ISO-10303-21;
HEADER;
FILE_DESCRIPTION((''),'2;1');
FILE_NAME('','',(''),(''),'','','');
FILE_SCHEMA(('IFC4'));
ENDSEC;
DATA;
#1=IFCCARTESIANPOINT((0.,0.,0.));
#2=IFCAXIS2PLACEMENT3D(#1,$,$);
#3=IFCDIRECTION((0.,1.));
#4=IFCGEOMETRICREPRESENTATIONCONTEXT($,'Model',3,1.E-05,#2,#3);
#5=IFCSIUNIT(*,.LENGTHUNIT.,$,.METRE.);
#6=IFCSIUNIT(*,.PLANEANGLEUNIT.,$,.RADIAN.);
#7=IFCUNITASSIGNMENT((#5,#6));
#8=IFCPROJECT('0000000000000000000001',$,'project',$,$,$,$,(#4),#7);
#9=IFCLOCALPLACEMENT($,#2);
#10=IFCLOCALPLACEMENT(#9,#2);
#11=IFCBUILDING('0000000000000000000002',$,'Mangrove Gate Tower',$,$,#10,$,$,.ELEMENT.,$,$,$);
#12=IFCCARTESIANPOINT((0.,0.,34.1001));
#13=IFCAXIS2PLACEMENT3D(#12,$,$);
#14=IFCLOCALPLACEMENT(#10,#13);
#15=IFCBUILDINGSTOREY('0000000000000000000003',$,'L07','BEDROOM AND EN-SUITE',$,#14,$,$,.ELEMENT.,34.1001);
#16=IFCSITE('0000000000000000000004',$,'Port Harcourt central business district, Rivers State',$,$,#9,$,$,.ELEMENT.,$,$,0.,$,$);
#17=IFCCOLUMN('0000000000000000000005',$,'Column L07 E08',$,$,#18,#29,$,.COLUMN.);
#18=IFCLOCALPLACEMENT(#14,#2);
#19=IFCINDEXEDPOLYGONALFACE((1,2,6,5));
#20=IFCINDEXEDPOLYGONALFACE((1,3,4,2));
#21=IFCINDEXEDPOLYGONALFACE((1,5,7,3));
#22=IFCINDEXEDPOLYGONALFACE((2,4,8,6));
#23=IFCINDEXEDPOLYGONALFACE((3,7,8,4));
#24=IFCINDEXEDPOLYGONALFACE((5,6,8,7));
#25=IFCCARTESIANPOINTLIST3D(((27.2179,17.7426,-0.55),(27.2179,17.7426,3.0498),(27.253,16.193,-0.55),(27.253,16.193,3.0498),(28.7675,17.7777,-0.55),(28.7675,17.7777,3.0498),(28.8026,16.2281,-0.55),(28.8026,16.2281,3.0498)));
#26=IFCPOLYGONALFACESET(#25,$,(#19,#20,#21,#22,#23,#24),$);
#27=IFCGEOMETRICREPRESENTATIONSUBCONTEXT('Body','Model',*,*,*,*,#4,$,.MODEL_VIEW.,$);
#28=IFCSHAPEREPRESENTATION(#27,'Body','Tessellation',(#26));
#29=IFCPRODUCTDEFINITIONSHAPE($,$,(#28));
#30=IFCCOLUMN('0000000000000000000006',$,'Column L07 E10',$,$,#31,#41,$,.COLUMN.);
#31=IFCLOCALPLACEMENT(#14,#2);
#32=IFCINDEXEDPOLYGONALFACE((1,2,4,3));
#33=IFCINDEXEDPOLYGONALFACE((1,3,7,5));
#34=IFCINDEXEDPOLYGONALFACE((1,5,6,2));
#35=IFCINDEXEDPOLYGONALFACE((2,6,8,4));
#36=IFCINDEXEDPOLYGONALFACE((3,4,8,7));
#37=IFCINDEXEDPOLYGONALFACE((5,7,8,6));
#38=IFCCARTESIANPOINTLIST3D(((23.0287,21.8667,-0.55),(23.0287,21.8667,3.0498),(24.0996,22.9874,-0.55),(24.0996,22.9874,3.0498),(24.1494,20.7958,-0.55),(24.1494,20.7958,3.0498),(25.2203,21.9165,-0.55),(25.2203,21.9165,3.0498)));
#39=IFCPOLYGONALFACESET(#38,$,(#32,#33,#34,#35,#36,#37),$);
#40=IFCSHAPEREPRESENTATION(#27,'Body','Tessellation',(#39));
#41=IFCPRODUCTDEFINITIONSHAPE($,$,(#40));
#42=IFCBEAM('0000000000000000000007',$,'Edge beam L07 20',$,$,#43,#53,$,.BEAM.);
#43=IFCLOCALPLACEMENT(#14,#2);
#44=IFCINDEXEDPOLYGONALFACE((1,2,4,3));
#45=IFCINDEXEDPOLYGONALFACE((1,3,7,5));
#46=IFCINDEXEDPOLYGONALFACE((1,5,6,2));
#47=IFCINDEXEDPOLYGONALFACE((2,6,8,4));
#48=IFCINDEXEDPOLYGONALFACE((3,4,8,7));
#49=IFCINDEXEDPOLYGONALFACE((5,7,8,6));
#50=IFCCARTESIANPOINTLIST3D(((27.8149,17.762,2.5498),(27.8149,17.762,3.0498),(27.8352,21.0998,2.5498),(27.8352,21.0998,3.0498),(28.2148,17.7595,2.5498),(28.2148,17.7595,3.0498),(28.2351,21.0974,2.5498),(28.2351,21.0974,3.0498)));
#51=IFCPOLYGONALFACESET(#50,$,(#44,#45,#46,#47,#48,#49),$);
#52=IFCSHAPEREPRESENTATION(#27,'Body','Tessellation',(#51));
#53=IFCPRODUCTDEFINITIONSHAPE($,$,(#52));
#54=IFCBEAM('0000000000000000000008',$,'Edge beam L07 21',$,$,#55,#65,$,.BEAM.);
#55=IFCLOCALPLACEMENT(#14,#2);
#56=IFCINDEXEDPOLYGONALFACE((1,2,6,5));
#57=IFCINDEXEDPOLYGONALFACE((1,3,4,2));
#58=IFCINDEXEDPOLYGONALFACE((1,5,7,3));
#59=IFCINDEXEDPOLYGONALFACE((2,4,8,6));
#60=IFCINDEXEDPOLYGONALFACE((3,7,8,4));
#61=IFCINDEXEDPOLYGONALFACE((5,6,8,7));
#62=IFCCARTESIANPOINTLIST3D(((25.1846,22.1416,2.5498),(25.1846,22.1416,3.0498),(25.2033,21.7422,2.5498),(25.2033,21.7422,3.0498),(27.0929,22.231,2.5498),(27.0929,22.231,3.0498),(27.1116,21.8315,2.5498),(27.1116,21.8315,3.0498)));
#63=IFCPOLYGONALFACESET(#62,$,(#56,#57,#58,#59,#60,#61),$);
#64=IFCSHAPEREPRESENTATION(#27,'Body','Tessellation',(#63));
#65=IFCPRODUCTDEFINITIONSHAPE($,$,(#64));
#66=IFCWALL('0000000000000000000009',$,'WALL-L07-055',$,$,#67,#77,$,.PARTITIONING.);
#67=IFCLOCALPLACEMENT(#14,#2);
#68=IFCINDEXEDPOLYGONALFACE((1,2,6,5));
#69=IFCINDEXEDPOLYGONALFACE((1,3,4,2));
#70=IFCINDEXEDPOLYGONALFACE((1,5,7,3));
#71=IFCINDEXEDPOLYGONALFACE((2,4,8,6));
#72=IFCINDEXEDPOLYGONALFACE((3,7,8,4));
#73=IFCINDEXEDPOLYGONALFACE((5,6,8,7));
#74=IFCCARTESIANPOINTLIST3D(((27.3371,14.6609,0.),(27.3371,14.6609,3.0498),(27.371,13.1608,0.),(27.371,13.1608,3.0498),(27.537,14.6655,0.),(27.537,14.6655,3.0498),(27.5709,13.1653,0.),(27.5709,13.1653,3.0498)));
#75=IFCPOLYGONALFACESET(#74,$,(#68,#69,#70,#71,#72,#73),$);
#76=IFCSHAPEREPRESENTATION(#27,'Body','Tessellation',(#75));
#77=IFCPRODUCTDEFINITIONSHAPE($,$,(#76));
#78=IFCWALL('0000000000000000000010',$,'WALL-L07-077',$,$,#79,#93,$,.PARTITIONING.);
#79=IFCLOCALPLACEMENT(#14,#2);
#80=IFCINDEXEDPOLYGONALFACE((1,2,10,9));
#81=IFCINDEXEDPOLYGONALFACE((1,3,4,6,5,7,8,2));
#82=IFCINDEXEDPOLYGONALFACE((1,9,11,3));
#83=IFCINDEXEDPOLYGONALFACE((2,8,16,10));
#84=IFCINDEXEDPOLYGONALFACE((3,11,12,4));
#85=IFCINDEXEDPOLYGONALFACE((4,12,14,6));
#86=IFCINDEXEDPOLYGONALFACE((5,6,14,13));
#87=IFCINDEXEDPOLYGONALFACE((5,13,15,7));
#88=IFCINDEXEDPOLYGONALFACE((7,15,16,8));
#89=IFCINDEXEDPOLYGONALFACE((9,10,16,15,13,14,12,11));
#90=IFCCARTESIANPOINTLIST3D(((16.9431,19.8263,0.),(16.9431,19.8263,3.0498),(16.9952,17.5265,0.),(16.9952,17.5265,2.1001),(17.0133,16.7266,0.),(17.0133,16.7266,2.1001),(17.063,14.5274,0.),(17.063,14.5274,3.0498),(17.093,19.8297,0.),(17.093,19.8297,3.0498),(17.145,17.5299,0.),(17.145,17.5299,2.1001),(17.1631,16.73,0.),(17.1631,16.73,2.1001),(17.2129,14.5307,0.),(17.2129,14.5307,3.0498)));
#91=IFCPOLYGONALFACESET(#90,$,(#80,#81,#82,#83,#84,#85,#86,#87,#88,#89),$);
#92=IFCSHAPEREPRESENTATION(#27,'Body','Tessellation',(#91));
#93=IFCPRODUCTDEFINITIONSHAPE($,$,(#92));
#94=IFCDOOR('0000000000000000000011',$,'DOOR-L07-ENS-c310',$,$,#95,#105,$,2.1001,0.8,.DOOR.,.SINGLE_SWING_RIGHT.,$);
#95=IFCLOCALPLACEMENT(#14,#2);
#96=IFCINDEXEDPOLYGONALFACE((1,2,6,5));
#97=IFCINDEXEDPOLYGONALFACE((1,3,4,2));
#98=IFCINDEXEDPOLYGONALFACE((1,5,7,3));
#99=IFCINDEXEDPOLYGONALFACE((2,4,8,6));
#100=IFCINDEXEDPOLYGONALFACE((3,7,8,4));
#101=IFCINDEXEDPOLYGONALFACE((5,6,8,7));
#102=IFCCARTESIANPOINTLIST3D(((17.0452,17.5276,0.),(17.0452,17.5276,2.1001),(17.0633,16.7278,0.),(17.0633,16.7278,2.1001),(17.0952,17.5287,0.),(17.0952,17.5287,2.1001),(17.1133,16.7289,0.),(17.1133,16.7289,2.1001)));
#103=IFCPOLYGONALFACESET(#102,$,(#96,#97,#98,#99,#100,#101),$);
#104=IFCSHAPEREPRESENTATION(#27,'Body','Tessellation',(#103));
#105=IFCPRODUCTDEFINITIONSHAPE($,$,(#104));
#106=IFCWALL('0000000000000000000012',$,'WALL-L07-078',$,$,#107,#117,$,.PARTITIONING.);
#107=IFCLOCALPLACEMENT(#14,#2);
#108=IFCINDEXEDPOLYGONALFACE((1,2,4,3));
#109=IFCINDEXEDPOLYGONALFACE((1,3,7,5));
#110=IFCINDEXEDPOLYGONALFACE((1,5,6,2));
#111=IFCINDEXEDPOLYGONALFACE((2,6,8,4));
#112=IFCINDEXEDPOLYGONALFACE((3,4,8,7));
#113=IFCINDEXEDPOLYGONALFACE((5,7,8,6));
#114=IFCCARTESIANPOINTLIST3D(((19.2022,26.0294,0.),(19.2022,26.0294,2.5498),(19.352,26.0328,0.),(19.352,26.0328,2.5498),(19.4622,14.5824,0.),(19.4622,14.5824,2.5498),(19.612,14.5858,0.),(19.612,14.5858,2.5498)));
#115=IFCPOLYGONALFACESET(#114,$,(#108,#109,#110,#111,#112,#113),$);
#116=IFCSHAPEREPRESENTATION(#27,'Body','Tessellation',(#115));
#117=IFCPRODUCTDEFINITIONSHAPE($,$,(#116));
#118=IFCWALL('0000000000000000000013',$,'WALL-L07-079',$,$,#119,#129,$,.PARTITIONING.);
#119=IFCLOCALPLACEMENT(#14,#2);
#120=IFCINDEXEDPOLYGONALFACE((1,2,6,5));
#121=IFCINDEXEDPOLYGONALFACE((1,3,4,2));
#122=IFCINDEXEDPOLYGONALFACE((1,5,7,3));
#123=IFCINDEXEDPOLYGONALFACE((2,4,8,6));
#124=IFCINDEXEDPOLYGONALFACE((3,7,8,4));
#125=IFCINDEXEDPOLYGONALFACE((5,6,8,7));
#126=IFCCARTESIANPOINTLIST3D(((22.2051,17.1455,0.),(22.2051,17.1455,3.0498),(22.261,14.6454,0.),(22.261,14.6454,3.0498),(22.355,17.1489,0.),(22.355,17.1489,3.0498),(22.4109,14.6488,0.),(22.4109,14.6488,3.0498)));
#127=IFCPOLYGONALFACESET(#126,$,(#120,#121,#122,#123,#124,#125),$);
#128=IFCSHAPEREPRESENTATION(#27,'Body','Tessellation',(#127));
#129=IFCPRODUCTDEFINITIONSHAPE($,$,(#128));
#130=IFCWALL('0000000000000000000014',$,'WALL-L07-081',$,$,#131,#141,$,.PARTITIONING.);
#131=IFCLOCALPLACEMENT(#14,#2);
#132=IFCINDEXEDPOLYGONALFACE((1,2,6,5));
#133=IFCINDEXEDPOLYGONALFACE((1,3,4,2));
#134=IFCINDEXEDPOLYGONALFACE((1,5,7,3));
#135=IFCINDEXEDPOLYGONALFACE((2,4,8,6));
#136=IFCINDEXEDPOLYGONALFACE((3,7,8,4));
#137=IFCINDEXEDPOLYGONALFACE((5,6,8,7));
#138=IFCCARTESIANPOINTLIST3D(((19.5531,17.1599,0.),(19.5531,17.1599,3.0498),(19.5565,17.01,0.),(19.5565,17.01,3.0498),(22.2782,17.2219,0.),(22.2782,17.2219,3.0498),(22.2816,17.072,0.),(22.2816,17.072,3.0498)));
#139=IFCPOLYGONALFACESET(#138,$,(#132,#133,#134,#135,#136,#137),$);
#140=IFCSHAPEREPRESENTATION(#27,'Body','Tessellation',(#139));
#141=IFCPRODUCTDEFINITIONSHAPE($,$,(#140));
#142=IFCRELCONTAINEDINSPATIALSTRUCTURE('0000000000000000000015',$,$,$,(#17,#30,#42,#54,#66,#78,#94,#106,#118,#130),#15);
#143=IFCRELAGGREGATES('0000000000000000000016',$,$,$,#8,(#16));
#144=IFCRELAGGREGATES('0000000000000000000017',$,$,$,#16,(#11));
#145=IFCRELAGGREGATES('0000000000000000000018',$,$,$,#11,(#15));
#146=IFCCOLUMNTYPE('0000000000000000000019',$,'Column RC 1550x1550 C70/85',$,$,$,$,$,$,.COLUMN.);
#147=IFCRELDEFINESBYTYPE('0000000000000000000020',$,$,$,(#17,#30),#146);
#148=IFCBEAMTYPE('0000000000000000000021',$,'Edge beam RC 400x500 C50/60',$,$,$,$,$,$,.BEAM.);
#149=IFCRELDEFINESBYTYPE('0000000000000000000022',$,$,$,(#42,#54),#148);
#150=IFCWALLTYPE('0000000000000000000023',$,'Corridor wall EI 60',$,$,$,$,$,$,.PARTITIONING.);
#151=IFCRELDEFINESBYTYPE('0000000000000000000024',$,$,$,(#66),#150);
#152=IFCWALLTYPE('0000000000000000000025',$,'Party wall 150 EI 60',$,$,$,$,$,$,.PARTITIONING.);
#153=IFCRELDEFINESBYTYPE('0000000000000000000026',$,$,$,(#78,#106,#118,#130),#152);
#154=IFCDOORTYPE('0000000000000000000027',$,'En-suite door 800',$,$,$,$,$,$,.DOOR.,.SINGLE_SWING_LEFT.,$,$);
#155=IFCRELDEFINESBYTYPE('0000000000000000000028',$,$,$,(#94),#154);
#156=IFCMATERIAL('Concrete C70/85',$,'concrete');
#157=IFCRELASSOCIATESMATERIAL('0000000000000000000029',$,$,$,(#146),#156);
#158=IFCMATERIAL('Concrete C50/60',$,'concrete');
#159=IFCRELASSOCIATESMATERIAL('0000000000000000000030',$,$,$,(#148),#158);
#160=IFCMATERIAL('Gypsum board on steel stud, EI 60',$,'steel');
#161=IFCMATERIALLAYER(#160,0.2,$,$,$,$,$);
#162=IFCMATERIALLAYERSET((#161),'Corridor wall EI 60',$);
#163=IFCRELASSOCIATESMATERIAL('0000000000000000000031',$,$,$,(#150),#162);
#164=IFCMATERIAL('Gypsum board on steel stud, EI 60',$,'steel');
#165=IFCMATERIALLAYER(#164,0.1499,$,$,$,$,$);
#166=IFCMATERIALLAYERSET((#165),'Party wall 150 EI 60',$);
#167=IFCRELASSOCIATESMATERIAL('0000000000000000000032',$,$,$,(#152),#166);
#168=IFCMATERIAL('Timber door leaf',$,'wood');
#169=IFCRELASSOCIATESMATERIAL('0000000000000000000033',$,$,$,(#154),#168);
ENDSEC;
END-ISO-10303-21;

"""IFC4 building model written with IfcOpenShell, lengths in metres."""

from ifc_helpers import new_model, si_unit, direction, frame, frame_2d, origin, origin_2d, place, context, subcontext, project, spatial, rectangle, extrude, material, layer, layer_set, material_profile, profile_set, type_object, element, fill, save


model = new_model("IFC4")

# Units and contexts
model_context = context("Model", 3, precision=1e-05, world=origin(), true_north=direction((0.0, 1.0)))
body_context = subcontext(model_context, "Body", "Model", "MODEL_VIEW")
ifc_project = project(units=[si_unit("LENGTHUNIT", "METRE"), si_unit("PLANEANGLEUNIT", "RADIAN")], contexts=[model_context])

# Site, building, storey
site_placement = place(None, origin())
site = spatial("IfcSite", under=ifc_project, at=site_placement, Name="Port Harcourt central business district, Rivers State", CompositionType="ELEMENT", RefElevation=0.0)
building_placement = place(site_placement, origin())
building = spatial("IfcBuilding", under=site, at=building_placement, Name="Mangrove Gate Tower", CompositionType="ELEMENT")
storey_placement = place(building_placement, frame((0.0, 0.0, 34.1001)))
storey = spatial("IfcBuildingStorey", under=building, at=storey_placement, Name="L07", Description="BEDROOM AND EN-SUITE", CompositionType="ELEMENT", Elevation=34.1001)

# Columns
ifc_material_1 = material(Name="Concrete C70/85", Category="concrete")
ifc_material_profile_1 = material_profile(ifc_material_1, rectangle(XDim=1.55, YDim=1.55, at=origin_2d()))
ifc_profile_set_1 = profile_set([ifc_material_profile_1], Name="Concrete C70/85")
column_type = type_object("IfcColumnType", Name="Column RC 1550x1550 C70/85", PredefinedType="COLUMN", material=ifc_profile_set_1)
for number, where, z_axis, x_axis, name in (
    (1, (28.0103, 16.9854, -0.55), (0.0, 0.0, 1.0), (-0.022646, 0.999744, 0.0), "Column L07 E08"),
    (2, (24.1245, 21.8916, -0.55), (0.0, 0.0, 1.0), (-0.72301, 0.690837, 0.0), "Column L07 E10"),
):
    element("IfcColumn", number, at=place(storey_placement, frame(where, z_axis=z_axis, x_axis=x_axis)), inside=storey, type_object=column_type, Name=name, PredefinedType="COLUMN", context=body_context, shape_type="SweptSolid", body=[
        extrude(rectangle(XDim=1.55, YDim=1.55, at=origin_2d()), origin(), (0.0, 0.0, 1.0), 3.5999),
    ])

# Beams
ifc_material_2 = material(Name="Concrete C50/60", Category="concrete")
ifc_material_profile_2 = material_profile(ifc_material_2, rectangle(XDim=0.3999, YDim=0.5, at=origin_2d()))
ifc_profile_set_2 = profile_set([ifc_material_profile_2], Name="Concrete C50/60")
beam_type = type_object("IfcBeamType", Name="Edge beam RC 400x500 C50/60", PredefinedType="BEAM", material=ifc_profile_set_2)
beam_1_placement = place(storey_placement, frame((28.0149, 17.7607, 2.7998), z_axis=(0.006071, 0.999982, 0.0), x_axis=(-0.999982, 0.006071, 0.0)))
element("IfcBeam", 3, at=beam_1_placement, inside=storey, type_object=beam_type, Name="Edge beam L07 20", PredefinedType="BEAM", context=body_context, shape_type="SweptSolid", body=[
    extrude(rectangle(XDim=0.3999, YDim=0.5, at=origin_2d()), origin(), (0.0, 0.0, 1.0), 3.3379),
])
beam_2_placement = place(storey_placement, frame((27.1023, 22.0312, 2.7998), z_axis=(-0.998905, -0.046776, 0.0), x_axis=(0.046776, -0.998905, 0.0)))
element("IfcBeam", 4, at=beam_2_placement, inside=storey, type_object=beam_type, Name="Edge beam L07 21", PredefinedType="BEAM", context=body_context, shape_type="SweptSolid", body=[
    extrude(rectangle(XDim=0.3999, YDim=0.5, at=origin_2d()), origin(), (0.0, 0.0, 1.0), 1.9104),
])

# Wall
ifc_material_3 = material(Name="Gypsum board on steel stud, EI 60", Category="steel")
ifc_layer_1 = layer(ifc_material_3, 0.2)
ifc_layer_set_1 = layer_set([ifc_layer_1], Name="Corridor wall EI 60")
wall_type_1 = type_object("IfcWallType", Name="Corridor wall EI 60", PredefinedType="PARTITIONING", material=ifc_layer_set_1)
wall_1_placement = place(storey_placement, frame((27.4709, 13.1631, 0.0), z_axis=(0.0, 0.0, 1.0), x_axis=(-0.022618, 0.999744, 0.0)))
element("IfcWall", 5, at=wall_1_placement, inside=storey, type_object=wall_type_1, Name="WALL-L07-055", PredefinedType="PARTITIONING", context=body_context, shape_type="SweptSolid", body=[
    extrude(rectangle(XDim=1.5005, YDim=0.2, at=frame_2d((0.7502, 0.0))), origin(), (0.0, 0.0, 1.0), 3.0498),
])

# Wall, opening, door
ifc_material_4 = material(Name="Gypsum board on steel stud, EI 60", Category="steel")
ifc_layer_2 = layer(ifc_material_4, 0.1499)
ifc_layer_set_2 = layer_set([ifc_layer_2], Name="Party wall 150 EI 60")
wall_type_2 = type_object("IfcWallType", Name="Party wall 150 EI 60", PredefinedType="PARTITIONING", material=ifc_layer_set_2)
wall_2_placement = place(storey_placement, frame((17.1379, 14.5291, 0.0), z_axis=(0.0, 0.0, 1.0), x_axis=(-0.022617, 0.999744, 0.0)))
wall_2 = element("IfcWall", 6, at=wall_2_placement, inside=storey, type_object=wall_type_2, Name="WALL-L07-077", PredefinedType="PARTITIONING", context=body_context, shape_type="SweptSolid", body=[
    extrude(rectangle(XDim=5.3003, YDim=0.1499, at=frame_2d((2.6501, 0.0))), origin(), (0.0, 0.0, 1.0), 3.0498),
])
opening_placement = place(wall_2_placement, frame((2.2, 0.0, 0.0)))
opening = element("IfcOpeningElement", 7, at=opening_placement, cuts=wall_2, PredefinedType="OPENING", context=body_context, shape_type="SweptSolid", body=[
    extrude(rectangle(XDim=0.8, YDim=2.1001, at=frame_2d((0.3999, 1.05))), frame((0.0, 0.085, 0.0), z_axis=(0.0, -1.0, 0.0), x_axis=(1.0, 0.0, 0.0)), (0.0, 0.0, 1.0), 0.1699),
])
ifc_material_5 = material(Name="Timber door leaf", Category="wood")
door_type = type_object("IfcDoorType", Name="En-suite door 800", OperationType="SINGLE_SWING_LEFT", PredefinedType="DOOR", material=ifc_material_5)
door_placement = place(opening_placement, origin())
door = element("IfcDoor", 8, at=door_placement, inside=storey, type_object=door_type, Name="DOOR-L07-ENS-c310", OperationType="SINGLE_SWING_RIGHT", OverallHeight=2.1001, OverallWidth=0.8, PredefinedType="DOOR", context=body_context, shape_type="SweptSolid", body=[
    extrude(rectangle(XDim=0.8, YDim=2.1001, at=frame_2d((0.3999, 1.05))), frame((0.0, 0.0249, 0.0), z_axis=(0.0, -1.0, 0.0), x_axis=(1.0, 0.0, 0.0)), (0.0, 0.0, 1.0), 0.05),
])
fill(opening, door)

# Walls
wall_3_placement = place(storey_placement, frame((19.5371, 14.584, 0.0), z_axis=(0.0, 0.0, 1.0), x_axis=(-0.022708, 0.999742, 0.0)))
element("IfcWall", 9, at=wall_3_placement, inside=storey, type_object=wall_type_2, Name="WALL-L07-078", PredefinedType="PARTITIONING", context=body_context, shape_type="SweptSolid", body=[
    extrude(rectangle(XDim=11.45, YDim=0.1499, at=frame_2d((5.7251, 0.0))), origin(), (0.0, 0.0, 1.0), 2.5498),
])
wall_4_placement = place(storey_placement, frame((22.3359, 14.647, 0.0), z_axis=(0.0, 0.0, 1.0), x_axis=(-0.022358, 0.99975, 0.0)))
element("IfcWall", 10, at=wall_4_placement, inside=storey, type_object=wall_type_2, Name="WALL-L07-079", PredefinedType="PARTITIONING", context=body_context, shape_type="SweptSolid", body=[
    extrude(rectangle(XDim=2.5007, YDim=0.1499, at=frame_2d((1.2505, 0.0))), origin(), (0.0, 0.0, 1.0), 3.0498),
])
wall_5_placement = place(storey_placement, frame((19.5549, 17.085, 0.0), z_axis=(0.0, 0.0, 1.0), x_axis=(0.999741, 0.02275, 0.0)))
element("IfcWall", 11, at=wall_5_placement, inside=storey, type_object=wall_type_2, Name="WALL-L07-081", PredefinedType="PARTITIONING", context=body_context, shape_type="SweptSolid", body=[
    extrude(rectangle(XDim=2.7258, YDim=0.1499, at=frame_2d((1.3628, 0.0))), origin(), (0.0, 0.0, 1.0), 3.0498),
])

save(model, "model.ifc")
